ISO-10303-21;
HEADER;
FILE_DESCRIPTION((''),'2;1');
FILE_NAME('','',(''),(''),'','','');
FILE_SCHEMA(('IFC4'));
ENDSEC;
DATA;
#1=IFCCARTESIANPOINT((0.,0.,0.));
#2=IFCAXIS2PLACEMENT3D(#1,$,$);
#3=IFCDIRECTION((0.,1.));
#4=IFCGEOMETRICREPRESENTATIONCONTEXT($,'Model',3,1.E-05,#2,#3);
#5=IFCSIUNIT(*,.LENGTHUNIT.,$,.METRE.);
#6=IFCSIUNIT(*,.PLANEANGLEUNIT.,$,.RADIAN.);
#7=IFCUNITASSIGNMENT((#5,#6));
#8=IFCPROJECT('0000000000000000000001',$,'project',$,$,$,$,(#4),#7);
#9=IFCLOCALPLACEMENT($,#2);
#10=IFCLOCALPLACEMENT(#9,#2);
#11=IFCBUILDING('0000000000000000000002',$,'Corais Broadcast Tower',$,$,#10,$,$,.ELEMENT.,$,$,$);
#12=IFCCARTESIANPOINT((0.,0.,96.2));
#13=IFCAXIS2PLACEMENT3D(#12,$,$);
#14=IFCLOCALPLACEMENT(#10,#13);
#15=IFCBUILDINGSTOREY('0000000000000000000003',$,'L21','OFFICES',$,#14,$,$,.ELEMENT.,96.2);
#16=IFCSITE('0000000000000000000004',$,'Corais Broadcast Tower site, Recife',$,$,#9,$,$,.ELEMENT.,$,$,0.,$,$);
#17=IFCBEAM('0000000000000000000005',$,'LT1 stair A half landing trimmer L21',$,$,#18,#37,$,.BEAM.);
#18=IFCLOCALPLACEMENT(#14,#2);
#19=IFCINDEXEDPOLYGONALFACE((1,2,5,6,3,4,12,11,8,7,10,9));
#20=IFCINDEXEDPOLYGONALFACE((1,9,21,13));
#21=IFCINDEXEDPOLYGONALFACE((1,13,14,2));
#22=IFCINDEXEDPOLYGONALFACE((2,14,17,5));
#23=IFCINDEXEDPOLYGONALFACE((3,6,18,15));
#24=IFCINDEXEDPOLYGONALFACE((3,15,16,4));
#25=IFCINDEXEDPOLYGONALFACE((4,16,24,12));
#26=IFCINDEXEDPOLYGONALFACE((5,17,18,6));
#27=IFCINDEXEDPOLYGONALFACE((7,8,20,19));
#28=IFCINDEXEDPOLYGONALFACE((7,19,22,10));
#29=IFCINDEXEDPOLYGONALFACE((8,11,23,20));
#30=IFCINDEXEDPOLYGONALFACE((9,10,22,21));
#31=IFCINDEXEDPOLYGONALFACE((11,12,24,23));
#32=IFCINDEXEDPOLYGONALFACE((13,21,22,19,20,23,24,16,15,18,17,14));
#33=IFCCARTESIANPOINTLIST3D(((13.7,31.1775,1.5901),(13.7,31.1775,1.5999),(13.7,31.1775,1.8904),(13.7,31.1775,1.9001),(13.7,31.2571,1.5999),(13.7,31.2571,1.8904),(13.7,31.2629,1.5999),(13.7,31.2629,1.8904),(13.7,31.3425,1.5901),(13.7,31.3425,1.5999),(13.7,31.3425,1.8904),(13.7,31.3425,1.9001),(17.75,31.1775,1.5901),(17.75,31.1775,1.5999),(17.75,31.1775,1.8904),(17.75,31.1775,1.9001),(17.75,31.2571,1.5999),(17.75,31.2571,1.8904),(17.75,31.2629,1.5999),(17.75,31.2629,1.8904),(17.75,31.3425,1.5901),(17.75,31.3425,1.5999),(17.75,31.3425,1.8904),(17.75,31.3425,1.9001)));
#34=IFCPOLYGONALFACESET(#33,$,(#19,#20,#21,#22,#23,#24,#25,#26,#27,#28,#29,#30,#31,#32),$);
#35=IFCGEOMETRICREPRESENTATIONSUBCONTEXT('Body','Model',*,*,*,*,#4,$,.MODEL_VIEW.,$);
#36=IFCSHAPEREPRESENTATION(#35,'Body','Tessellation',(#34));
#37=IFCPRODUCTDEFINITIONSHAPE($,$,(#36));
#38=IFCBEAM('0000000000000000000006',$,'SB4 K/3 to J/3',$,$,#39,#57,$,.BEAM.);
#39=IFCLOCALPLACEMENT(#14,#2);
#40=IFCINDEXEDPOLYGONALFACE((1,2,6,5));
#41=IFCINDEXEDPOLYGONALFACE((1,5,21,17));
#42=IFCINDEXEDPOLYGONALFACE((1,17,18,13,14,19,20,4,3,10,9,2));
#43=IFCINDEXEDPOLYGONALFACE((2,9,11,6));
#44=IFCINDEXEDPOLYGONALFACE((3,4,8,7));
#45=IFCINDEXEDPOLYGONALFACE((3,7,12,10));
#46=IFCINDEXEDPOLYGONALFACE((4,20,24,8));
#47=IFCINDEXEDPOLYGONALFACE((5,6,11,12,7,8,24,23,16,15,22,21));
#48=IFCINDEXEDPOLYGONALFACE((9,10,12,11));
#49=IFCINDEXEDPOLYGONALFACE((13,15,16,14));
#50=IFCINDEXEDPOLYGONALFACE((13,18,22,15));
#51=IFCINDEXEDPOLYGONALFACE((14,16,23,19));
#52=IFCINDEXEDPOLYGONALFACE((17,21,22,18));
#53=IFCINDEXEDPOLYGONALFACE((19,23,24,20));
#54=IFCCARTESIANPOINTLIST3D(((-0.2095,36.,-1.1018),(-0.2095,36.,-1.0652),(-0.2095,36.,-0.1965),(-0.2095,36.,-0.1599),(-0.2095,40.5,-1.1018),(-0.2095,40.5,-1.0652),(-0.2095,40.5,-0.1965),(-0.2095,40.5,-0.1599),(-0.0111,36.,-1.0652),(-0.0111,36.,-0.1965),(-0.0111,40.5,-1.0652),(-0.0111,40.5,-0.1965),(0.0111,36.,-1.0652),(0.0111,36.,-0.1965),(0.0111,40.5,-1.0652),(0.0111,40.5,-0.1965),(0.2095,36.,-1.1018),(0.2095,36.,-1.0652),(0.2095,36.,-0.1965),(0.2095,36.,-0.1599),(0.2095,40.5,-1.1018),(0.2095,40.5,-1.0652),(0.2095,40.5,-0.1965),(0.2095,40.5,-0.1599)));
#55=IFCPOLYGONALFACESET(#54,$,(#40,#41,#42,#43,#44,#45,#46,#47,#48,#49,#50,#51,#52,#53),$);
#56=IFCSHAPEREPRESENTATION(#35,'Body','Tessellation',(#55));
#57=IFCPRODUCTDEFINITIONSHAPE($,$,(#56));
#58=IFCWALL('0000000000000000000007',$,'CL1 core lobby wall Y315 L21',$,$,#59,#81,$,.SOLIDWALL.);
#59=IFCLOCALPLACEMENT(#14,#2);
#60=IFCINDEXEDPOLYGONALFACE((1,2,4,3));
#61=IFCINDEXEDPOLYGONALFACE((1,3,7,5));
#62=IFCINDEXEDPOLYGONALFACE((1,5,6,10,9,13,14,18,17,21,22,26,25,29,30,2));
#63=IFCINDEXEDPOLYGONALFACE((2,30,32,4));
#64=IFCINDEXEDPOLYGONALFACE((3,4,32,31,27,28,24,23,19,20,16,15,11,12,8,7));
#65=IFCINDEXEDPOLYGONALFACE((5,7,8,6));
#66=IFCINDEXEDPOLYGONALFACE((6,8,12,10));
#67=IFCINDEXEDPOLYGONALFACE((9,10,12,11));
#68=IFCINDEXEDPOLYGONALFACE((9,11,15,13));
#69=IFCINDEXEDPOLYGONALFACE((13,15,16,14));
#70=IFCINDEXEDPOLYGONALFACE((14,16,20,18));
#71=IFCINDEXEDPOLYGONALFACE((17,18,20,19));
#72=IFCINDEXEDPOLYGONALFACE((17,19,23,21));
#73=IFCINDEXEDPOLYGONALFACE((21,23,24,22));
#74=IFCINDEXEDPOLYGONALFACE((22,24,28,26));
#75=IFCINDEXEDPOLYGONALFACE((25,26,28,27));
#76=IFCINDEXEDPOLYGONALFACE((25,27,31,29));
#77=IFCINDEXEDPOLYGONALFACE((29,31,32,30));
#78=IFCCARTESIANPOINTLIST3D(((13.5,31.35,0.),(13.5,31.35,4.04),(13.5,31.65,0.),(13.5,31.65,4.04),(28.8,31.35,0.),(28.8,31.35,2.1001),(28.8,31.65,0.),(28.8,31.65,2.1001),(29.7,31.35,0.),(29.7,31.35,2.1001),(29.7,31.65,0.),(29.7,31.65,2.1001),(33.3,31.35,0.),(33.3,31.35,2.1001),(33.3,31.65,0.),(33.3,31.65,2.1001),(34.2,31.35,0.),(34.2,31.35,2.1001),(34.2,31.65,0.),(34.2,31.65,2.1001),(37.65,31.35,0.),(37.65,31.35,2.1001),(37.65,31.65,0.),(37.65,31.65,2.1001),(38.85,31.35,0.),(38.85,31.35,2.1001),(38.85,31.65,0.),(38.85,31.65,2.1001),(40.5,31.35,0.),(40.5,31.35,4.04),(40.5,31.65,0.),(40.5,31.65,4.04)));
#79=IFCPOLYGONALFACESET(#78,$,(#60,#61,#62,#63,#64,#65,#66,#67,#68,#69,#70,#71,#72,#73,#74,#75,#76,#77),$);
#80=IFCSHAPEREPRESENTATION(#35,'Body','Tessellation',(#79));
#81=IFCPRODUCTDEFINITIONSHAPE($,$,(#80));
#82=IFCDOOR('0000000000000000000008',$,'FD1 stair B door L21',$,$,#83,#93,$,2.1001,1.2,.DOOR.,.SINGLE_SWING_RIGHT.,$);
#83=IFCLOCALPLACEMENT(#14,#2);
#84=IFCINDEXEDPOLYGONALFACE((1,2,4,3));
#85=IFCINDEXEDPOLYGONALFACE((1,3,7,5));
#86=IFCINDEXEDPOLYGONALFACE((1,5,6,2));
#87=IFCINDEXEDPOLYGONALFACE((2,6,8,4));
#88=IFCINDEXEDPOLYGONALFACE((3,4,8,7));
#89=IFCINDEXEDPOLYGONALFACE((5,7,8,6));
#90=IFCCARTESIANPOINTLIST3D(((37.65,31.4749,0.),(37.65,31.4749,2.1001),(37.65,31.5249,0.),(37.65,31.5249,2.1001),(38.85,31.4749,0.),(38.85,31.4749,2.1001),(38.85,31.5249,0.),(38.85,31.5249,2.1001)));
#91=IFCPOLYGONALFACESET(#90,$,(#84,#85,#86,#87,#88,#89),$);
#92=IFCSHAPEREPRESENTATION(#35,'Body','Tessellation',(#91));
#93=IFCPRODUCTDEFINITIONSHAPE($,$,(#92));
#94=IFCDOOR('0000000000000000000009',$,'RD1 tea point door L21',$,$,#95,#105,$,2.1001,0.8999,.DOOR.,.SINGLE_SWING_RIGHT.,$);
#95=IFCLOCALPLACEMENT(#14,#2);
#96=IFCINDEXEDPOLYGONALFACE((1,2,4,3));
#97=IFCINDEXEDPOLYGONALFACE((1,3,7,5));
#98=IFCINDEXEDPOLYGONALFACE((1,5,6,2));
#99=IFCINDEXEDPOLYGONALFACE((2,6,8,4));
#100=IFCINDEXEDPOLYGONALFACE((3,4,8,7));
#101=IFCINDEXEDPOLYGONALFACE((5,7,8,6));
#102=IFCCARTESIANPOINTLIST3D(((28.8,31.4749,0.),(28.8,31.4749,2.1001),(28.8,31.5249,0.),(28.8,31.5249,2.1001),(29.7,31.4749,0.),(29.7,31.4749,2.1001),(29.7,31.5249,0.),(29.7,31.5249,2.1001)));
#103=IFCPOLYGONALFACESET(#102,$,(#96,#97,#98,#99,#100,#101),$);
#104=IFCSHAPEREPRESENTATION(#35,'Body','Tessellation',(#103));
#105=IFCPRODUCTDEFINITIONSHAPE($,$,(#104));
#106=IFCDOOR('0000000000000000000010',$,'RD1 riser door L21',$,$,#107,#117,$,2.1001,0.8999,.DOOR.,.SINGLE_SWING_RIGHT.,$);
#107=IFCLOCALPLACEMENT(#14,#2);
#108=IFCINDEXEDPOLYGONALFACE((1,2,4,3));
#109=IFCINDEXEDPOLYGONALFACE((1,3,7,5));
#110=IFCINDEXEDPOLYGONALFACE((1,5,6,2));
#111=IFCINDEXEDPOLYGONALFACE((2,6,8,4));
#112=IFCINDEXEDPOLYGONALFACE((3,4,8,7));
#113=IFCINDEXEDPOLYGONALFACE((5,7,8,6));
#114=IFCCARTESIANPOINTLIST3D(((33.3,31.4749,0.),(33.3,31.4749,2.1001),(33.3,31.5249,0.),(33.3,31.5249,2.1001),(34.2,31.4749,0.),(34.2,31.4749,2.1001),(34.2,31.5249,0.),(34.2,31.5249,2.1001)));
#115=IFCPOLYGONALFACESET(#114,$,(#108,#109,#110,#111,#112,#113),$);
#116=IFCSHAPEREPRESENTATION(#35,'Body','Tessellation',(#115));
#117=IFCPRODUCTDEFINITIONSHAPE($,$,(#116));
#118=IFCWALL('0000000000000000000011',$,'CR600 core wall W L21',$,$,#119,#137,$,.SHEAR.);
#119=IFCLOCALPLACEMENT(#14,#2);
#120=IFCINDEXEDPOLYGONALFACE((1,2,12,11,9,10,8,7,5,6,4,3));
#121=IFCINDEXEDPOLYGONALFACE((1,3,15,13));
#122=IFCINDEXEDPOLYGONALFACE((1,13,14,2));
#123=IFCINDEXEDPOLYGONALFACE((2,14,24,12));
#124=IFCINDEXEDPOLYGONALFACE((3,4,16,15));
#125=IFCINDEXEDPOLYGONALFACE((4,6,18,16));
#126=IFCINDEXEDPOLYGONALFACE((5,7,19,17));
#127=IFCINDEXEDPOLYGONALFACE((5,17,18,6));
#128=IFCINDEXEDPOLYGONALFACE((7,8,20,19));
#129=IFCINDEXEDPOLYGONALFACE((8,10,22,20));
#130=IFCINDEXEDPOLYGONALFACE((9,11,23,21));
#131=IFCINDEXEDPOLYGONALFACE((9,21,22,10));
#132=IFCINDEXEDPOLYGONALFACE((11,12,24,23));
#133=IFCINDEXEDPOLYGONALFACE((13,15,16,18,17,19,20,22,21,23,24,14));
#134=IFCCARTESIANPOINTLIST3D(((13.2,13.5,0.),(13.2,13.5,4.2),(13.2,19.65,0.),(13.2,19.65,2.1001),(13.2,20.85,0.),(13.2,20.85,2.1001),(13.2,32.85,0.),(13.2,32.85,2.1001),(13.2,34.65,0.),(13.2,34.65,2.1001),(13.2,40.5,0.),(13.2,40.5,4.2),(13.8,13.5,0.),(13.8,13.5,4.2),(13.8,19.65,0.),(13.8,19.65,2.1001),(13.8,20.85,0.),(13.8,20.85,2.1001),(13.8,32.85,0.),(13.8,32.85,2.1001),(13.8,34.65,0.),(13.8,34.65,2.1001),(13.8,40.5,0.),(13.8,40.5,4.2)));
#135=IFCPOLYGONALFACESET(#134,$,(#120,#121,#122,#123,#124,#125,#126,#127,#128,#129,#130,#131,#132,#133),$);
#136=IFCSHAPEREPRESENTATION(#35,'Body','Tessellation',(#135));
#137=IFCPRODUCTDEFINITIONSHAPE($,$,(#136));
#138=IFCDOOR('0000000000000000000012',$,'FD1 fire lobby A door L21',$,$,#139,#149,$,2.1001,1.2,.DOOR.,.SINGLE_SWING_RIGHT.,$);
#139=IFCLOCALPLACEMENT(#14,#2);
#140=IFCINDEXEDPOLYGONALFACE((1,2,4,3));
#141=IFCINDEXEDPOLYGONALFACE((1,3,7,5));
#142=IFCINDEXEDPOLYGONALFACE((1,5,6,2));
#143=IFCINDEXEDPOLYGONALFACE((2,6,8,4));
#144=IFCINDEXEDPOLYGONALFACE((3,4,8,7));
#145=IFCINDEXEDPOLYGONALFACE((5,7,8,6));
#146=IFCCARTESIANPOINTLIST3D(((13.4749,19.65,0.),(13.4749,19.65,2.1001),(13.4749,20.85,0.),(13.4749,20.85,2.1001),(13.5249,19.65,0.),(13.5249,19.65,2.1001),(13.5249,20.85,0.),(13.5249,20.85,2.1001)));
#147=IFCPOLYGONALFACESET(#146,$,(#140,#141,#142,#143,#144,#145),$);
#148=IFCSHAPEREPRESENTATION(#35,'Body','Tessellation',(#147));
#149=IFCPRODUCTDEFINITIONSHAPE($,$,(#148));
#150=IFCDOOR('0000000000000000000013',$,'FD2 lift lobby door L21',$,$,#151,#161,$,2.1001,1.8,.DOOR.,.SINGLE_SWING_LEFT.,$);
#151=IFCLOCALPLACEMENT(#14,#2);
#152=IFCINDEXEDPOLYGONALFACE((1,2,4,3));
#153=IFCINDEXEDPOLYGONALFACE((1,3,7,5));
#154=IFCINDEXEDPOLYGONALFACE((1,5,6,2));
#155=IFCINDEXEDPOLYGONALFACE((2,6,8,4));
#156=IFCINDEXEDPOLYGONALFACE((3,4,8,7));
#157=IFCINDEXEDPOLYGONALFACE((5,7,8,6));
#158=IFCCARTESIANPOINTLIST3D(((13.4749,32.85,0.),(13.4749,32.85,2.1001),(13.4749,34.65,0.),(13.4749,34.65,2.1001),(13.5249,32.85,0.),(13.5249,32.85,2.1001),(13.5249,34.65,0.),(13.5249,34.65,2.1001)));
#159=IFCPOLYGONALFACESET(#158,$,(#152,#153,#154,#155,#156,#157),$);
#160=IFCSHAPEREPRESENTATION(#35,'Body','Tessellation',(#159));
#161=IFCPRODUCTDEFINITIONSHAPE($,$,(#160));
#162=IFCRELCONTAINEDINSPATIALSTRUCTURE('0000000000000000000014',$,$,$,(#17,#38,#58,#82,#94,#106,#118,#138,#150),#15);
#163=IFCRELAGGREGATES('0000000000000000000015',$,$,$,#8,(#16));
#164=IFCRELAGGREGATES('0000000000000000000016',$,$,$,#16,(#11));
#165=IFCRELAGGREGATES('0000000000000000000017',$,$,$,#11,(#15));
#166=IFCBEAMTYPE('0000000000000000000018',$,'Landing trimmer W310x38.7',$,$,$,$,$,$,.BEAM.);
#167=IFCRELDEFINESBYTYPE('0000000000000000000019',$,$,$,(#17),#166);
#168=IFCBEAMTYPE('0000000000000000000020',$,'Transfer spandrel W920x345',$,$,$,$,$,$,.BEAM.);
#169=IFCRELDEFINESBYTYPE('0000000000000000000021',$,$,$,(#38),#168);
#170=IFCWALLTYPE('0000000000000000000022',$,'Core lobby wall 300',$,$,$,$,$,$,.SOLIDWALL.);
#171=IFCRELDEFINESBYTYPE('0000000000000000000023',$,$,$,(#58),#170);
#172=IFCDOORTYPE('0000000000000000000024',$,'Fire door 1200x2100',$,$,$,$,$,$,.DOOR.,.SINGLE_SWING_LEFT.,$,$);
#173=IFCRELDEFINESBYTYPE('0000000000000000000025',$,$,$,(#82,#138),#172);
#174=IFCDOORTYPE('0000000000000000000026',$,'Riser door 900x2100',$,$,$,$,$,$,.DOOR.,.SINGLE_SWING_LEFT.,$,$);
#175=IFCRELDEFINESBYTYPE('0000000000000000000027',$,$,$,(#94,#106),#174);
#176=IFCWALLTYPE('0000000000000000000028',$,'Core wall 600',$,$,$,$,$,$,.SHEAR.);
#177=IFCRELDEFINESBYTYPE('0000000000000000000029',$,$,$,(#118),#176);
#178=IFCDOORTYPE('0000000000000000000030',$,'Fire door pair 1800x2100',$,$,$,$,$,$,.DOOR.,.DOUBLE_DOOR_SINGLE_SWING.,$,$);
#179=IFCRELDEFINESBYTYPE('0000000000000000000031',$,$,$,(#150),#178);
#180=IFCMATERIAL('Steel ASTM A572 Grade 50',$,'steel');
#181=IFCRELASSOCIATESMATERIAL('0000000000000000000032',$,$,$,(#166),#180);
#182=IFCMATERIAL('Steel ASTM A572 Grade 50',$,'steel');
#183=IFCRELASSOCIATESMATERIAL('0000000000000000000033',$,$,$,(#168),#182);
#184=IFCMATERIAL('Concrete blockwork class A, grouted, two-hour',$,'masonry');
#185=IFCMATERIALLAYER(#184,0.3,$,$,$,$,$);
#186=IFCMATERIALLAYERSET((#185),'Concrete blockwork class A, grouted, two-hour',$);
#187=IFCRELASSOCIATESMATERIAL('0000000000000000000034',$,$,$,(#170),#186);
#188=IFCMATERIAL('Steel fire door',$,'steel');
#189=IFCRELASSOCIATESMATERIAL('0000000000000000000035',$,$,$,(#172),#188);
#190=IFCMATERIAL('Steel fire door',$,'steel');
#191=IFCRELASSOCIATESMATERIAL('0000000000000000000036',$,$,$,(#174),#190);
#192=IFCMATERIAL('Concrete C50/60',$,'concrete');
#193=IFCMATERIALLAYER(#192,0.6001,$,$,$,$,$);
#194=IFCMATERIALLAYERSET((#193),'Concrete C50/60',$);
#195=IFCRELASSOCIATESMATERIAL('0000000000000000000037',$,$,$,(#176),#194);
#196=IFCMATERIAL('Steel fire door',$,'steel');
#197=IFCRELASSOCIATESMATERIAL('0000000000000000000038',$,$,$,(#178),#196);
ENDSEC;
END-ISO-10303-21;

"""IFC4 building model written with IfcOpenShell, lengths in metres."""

from ifc_helpers import new_model, si_unit, direction, frame, frame_2d, origin, origin_2d, place, context, subcontext, project, spatial, rectangle, i_section, extrude, material, layer, layer_set, material_profile, profile_set, type_object, element, fill, save


model = new_model("IFC4")

# Units and contexts
model_context = context("Model", 3, precision=1e-05, world=origin(), true_north=direction((0.0, 1.0)))
body_context = subcontext(model_context, "Body", "Model", "MODEL_VIEW")
ifc_project = project(units=[si_unit("LENGTHUNIT", "METRE"), si_unit("PLANEANGLEUNIT", "RADIAN")], contexts=[model_context])

# Site, building, storey
site_placement = place(None, origin())
site = spatial("IfcSite", under=ifc_project, at=site_placement, Name="Corais Broadcast Tower site, Recife", CompositionType="ELEMENT", RefElevation=0.0)
building_placement = place(site_placement, origin())
building = spatial("IfcBuilding", under=site, at=building_placement, Name="Corais Broadcast Tower", CompositionType="ELEMENT")
storey_placement = place(building_placement, frame((0.0, 0.0, 96.2)))
storey = spatial("IfcBuildingStorey", under=building, at=storey_placement, Name="L21", Description="OFFICES", CompositionType="ELEMENT", Elevation=96.2)

# Beams
ifc_material_1 = material(Name="Steel ASTM A572 Grade 50", Category="steel")
ifc_material_profile_1 = material_profile(ifc_material_1, i_section(OverallWidth=0.165, OverallDepth=0.3101, WebThickness=0.0059, FlangeThickness=0.0098, at=origin_2d()), Name="W310x38.7")
ifc_profile_set_1 = profile_set([ifc_material_profile_1], Name="Steel ASTM A572 Grade 50")
beam_type_1 = type_object("IfcBeamType", Name="Landing trimmer W310x38.7", PredefinedType="BEAM", material=ifc_profile_set_1)
beam_1_placement = place(storey_placement, frame((13.7, 31.26, 1.7451), z_axis=(1.0, 0.0, 0.0), x_axis=(0.0, 1.0, 0.0)))
element("IfcBeam", 1, at=beam_1_placement, inside=storey, type_object=beam_type_1, Name="LT1 stair A half landing trimmer L21", PredefinedType="BEAM", context=body_context, shape_type="SweptSolid", body=[
    extrude(i_section(OverallWidth=0.165, OverallDepth=0.3101, WebThickness=0.0059, FlangeThickness=0.0098, at=origin_2d()), origin(), (0.0, 0.0, 1.0), 4.05),
])
ifc_material_2 = material(Name="Steel ASTM A572 Grade 50", Category="steel")
ifc_material_profile_2 = material_profile(ifc_material_2, i_section(OverallWidth=0.4189, OverallDepth=0.9419, WebThickness=0.0222, FlangeThickness=0.0366, at=origin_2d()), Name="W920x345")
ifc_profile_set_2 = profile_set([ifc_material_profile_2], Name="Steel ASTM A572 Grade 50")
beam_type_2 = type_object("IfcBeamType", Name="Transfer spandrel W920x345", PredefinedType="BEAM", material=ifc_profile_set_2)
beam_2_placement = place(storey_placement, frame((0.0, 40.5, -0.6309), z_axis=(0.0, -1.0, 0.0), x_axis=(1.0, 0.0, 0.0)))
element("IfcBeam", 2, at=beam_2_placement, inside=storey, type_object=beam_type_2, Name="SB4 K/3 to J/3", PredefinedType="BEAM", context=body_context, shape_type="SweptSolid", body=[
    extrude(i_section(OverallWidth=0.4189, OverallDepth=0.9419, WebThickness=0.0222, FlangeThickness=0.0366, at=origin_2d()), origin(), (0.0, 0.0, 1.0), 4.5),
])

# Walls, openings, doors
ifc_material_3 = material(Name="Concrete blockwork class A, grouted, two-hour", Category="masonry")
ifc_layer_1 = layer(ifc_material_3, 0.3)
ifc_layer_set_1 = layer_set([ifc_layer_1], Name="Concrete blockwork class A, grouted, two-hour")
wall_type_1 = type_object("IfcWallType", Name="Core lobby wall 300", PredefinedType="SOLIDWALL", material=ifc_layer_set_1)
wall_1_placement = place(storey_placement, frame((13.5, 31.5, 0.0), z_axis=(0.0, 0.0, 1.0), x_axis=(1.0, 0.0, 0.0)))
wall_1 = element("IfcWall", 3, at=wall_1_placement, inside=storey, type_object=wall_type_1, Name="CL1 core lobby wall Y315 L21", PredefinedType="SOLIDWALL", context=body_context, shape_type="SweptSolid", body=[
    extrude(rectangle(XDim=27.0, YDim=0.3, at=frame_2d((13.5, 0.0))), origin(), (0.0, 0.0, 1.0), 4.04),
])
opening_1_placement = place(wall_1_placement, frame((24.1499, 0.0, 0.0)))
opening_1 = element("IfcOpeningElement", 4, at=opening_1_placement, cuts=wall_1, PredefinedType="OPENING", context=body_context, shape_type="SweptSolid", body=[
    extrude(rectangle(XDim=1.2, YDim=2.1001, at=frame_2d((0.6001, 1.05))), frame((0.0, 0.1599, 0.0), z_axis=(0.0, -1.0, 0.0), x_axis=(1.0, 0.0, 0.0)), (0.0, 0.0, 1.0), 0.3201),
])
opening_2_placement = place(wall_1_placement, frame((15.3, 0.0, 0.0)))
opening_2 = element("IfcOpeningElement", 5, at=opening_2_placement, cuts=wall_1, PredefinedType="OPENING", context=body_context, shape_type="SweptSolid", body=[
    extrude(rectangle(XDim=0.8999, YDim=2.1001, at=frame_2d((0.45, 1.05))), frame((0.0, 0.1599, 0.0), z_axis=(0.0, -1.0, 0.0), x_axis=(1.0, 0.0, 0.0)), (0.0, 0.0, 1.0), 0.3201),
])
opening_3_placement = place(wall_1_placement, frame((19.8, 0.0, 0.0)))
opening_3 = element("IfcOpeningElement", 6, at=opening_3_placement, cuts=wall_1, PredefinedType="OPENING", context=body_context, shape_type="SweptSolid", body=[
    extrude(rectangle(XDim=0.8999, YDim=2.1001, at=frame_2d((0.45, 1.05))), frame((0.0, 0.1599, 0.0), z_axis=(0.0, -1.0, 0.0), x_axis=(1.0, 0.0, 0.0)), (0.0, 0.0, 1.0), 0.3201),
])
ifc_material_4 = material(Name="Steel fire door", Category="steel")
door_type_1 = type_object("IfcDoorType", Name="Fire door 1200x2100", OperationType="SINGLE_SWING_LEFT", PredefinedType="DOOR", material=ifc_material_4)
door_1_placement = place(opening_1_placement, origin())
door_1 = element("IfcDoor", 7, at=door_1_placement, inside=storey, type_object=door_type_1, Name="FD1 stair B door L21", OperationType="SINGLE_SWING_RIGHT", OverallHeight=2.1001, OverallWidth=1.2, PredefinedType="DOOR", context=body_context, shape_type="SweptSolid", body=[
    extrude(rectangle(XDim=1.2, YDim=2.1001, at=frame_2d((0.6001, 1.05))), frame((0.0, 0.0249, 0.0), z_axis=(0.0, -1.0, 0.0), x_axis=(1.0, 0.0, 0.0)), (0.0, 0.0, 1.0), 0.05),
])
fill(opening_1, door_1)
ifc_material_5 = material(Name="Steel fire door", Category="steel")
door_type_2 = type_object("IfcDoorType", Name="Riser door 900x2100", OperationType="SINGLE_SWING_LEFT", PredefinedType="DOOR", material=ifc_material_5)
door_2_placement = place(opening_2_placement, origin())
door_2 = element("IfcDoor", 8, at=door_2_placement, inside=storey, type_object=door_type_2, Name="RD1 tea point door L21", OperationType="SINGLE_SWING_RIGHT", OverallHeight=2.1001, OverallWidth=0.8999, PredefinedType="DOOR", context=body_context, shape_type="SweptSolid", body=[
    extrude(rectangle(XDim=0.8999, YDim=2.1001, at=frame_2d((0.45, 1.05))), frame((0.0, 0.0249, 0.0), z_axis=(0.0, -1.0, 0.0), x_axis=(1.0, 0.0, 0.0)), (0.0, 0.0, 1.0), 0.05),
])
fill(opening_2, door_2)
door_3_placement = place(opening_3_placement, origin())
door_3 = element("IfcDoor", 9, at=door_3_placement, inside=storey, type_object=door_type_2, Name="RD1 riser door L21", OperationType="SINGLE_SWING_RIGHT", OverallHeight=2.1001, OverallWidth=0.8999, PredefinedType="DOOR", context=body_context, shape_type="SweptSolid", body=[
    extrude(rectangle(XDim=0.8999, YDim=2.1001, at=frame_2d((0.45, 1.05))), frame((0.0, 0.0249, 0.0), z_axis=(0.0, -1.0, 0.0), x_axis=(1.0, 0.0, 0.0)), (0.0, 0.0, 1.0), 0.05),
])
fill(opening_3, door_3)
ifc_material_6 = material(Name="Concrete C50/60", Category="concrete")
ifc_layer_2 = layer(ifc_material_6, 0.6001)
ifc_layer_set_2 = layer_set([ifc_layer_2], Name="Concrete C50/60")
wall_type_2 = type_object("IfcWallType", Name="Core wall 600", PredefinedType="SHEAR", material=ifc_layer_set_2)
wall_2_placement = place(storey_placement, frame((13.5, 40.5, 0.0), z_axis=(0.0, 0.0, 1.0), x_axis=(0.0, -1.0, 0.0)))
wall_2 = element("IfcWall", 10, at=wall_2_placement, inside=storey, type_object=wall_type_2, Name="CR600 core wall W L21", PredefinedType="SHEAR", context=body_context, shape_type="SweptSolid", body=[
    extrude(rectangle(XDim=27.0, YDim=0.6001, at=frame_2d((13.5, 0.0))), origin(), (0.0, 0.0, 1.0), 4.2),
])
opening_4_placement = place(wall_2_placement, frame((19.6499, 0.0, 0.0)))
opening_4 = element("IfcOpeningElement", 11, at=opening_4_placement, cuts=wall_2, PredefinedType="OPENING", context=body_context, shape_type="SweptSolid", body=[
    extrude(rectangle(XDim=1.2, YDim=2.1001, at=frame_2d((0.6001, 1.05))), frame((0.0, 0.3101, 0.0), z_axis=(0.0, -1.0, 0.0), x_axis=(1.0, 0.0, 0.0)), (0.0, 0.0, 1.0), 0.6201),
])
opening_5_placement = place(wall_2_placement, frame((5.8501, 0.0, 0.0)))
opening_5 = element("IfcOpeningElement", 12, at=opening_5_placement, cuts=wall_2, PredefinedType="OPENING", context=body_context, shape_type="SweptSolid", body=[
    extrude(rectangle(XDim=1.8, YDim=2.1001, at=frame_2d((0.8999, 1.05))), frame((0.0, 0.3101, 0.0), z_axis=(0.0, -1.0, 0.0), x_axis=(1.0, 0.0, 0.0)), (0.0, 0.0, 1.0), 0.6201),
])
door_4_placement = place(opening_4_placement, origin())
door_4 = element("IfcDoor", 13, at=door_4_placement, inside=storey, type_object=door_type_1, Name="FD1 fire lobby A door L21", OperationType="SINGLE_SWING_RIGHT", OverallHeight=2.1001, OverallWidth=1.2, PredefinedType="DOOR", context=body_context, shape_type="SweptSolid", body=[
    extrude(rectangle(XDim=1.2, YDim=2.1001, at=frame_2d((0.6001, 1.05))), frame((0.0, 0.0249, 0.0), z_axis=(0.0, -1.0, 0.0), x_axis=(1.0, 0.0, 0.0)), (0.0, 0.0, 1.0), 0.05),
])
fill(opening_4, door_4)
ifc_material_7 = material(Name="Steel fire door", Category="steel")
door_type_3 = type_object("IfcDoorType", Name="Fire door pair 1800x2100", OperationType="DOUBLE_DOOR_SINGLE_SWING", PredefinedType="DOOR", material=ifc_material_7)
door_5_placement = place(opening_5_placement, origin())
door_5 = element("IfcDoor", 14, at=door_5_placement, inside=storey, type_object=door_type_3, Name="FD2 lift lobby door L21", OperationType="SINGLE_SWING_LEFT", OverallHeight=2.1001, OverallWidth=1.8, PredefinedType="DOOR", context=body_context, shape_type="SweptSolid", body=[
    extrude(rectangle(XDim=1.8, YDim=2.1001, at=frame_2d((0.8999, 1.05))), frame((0.0, 0.0249, 0.0), z_axis=(0.0, -1.0, 0.0), x_axis=(1.0, 0.0, 0.0)), (0.0, 0.0, 1.0), 0.05),
])
fill(opening_5, door_5)

save(model, "model.ifc")
